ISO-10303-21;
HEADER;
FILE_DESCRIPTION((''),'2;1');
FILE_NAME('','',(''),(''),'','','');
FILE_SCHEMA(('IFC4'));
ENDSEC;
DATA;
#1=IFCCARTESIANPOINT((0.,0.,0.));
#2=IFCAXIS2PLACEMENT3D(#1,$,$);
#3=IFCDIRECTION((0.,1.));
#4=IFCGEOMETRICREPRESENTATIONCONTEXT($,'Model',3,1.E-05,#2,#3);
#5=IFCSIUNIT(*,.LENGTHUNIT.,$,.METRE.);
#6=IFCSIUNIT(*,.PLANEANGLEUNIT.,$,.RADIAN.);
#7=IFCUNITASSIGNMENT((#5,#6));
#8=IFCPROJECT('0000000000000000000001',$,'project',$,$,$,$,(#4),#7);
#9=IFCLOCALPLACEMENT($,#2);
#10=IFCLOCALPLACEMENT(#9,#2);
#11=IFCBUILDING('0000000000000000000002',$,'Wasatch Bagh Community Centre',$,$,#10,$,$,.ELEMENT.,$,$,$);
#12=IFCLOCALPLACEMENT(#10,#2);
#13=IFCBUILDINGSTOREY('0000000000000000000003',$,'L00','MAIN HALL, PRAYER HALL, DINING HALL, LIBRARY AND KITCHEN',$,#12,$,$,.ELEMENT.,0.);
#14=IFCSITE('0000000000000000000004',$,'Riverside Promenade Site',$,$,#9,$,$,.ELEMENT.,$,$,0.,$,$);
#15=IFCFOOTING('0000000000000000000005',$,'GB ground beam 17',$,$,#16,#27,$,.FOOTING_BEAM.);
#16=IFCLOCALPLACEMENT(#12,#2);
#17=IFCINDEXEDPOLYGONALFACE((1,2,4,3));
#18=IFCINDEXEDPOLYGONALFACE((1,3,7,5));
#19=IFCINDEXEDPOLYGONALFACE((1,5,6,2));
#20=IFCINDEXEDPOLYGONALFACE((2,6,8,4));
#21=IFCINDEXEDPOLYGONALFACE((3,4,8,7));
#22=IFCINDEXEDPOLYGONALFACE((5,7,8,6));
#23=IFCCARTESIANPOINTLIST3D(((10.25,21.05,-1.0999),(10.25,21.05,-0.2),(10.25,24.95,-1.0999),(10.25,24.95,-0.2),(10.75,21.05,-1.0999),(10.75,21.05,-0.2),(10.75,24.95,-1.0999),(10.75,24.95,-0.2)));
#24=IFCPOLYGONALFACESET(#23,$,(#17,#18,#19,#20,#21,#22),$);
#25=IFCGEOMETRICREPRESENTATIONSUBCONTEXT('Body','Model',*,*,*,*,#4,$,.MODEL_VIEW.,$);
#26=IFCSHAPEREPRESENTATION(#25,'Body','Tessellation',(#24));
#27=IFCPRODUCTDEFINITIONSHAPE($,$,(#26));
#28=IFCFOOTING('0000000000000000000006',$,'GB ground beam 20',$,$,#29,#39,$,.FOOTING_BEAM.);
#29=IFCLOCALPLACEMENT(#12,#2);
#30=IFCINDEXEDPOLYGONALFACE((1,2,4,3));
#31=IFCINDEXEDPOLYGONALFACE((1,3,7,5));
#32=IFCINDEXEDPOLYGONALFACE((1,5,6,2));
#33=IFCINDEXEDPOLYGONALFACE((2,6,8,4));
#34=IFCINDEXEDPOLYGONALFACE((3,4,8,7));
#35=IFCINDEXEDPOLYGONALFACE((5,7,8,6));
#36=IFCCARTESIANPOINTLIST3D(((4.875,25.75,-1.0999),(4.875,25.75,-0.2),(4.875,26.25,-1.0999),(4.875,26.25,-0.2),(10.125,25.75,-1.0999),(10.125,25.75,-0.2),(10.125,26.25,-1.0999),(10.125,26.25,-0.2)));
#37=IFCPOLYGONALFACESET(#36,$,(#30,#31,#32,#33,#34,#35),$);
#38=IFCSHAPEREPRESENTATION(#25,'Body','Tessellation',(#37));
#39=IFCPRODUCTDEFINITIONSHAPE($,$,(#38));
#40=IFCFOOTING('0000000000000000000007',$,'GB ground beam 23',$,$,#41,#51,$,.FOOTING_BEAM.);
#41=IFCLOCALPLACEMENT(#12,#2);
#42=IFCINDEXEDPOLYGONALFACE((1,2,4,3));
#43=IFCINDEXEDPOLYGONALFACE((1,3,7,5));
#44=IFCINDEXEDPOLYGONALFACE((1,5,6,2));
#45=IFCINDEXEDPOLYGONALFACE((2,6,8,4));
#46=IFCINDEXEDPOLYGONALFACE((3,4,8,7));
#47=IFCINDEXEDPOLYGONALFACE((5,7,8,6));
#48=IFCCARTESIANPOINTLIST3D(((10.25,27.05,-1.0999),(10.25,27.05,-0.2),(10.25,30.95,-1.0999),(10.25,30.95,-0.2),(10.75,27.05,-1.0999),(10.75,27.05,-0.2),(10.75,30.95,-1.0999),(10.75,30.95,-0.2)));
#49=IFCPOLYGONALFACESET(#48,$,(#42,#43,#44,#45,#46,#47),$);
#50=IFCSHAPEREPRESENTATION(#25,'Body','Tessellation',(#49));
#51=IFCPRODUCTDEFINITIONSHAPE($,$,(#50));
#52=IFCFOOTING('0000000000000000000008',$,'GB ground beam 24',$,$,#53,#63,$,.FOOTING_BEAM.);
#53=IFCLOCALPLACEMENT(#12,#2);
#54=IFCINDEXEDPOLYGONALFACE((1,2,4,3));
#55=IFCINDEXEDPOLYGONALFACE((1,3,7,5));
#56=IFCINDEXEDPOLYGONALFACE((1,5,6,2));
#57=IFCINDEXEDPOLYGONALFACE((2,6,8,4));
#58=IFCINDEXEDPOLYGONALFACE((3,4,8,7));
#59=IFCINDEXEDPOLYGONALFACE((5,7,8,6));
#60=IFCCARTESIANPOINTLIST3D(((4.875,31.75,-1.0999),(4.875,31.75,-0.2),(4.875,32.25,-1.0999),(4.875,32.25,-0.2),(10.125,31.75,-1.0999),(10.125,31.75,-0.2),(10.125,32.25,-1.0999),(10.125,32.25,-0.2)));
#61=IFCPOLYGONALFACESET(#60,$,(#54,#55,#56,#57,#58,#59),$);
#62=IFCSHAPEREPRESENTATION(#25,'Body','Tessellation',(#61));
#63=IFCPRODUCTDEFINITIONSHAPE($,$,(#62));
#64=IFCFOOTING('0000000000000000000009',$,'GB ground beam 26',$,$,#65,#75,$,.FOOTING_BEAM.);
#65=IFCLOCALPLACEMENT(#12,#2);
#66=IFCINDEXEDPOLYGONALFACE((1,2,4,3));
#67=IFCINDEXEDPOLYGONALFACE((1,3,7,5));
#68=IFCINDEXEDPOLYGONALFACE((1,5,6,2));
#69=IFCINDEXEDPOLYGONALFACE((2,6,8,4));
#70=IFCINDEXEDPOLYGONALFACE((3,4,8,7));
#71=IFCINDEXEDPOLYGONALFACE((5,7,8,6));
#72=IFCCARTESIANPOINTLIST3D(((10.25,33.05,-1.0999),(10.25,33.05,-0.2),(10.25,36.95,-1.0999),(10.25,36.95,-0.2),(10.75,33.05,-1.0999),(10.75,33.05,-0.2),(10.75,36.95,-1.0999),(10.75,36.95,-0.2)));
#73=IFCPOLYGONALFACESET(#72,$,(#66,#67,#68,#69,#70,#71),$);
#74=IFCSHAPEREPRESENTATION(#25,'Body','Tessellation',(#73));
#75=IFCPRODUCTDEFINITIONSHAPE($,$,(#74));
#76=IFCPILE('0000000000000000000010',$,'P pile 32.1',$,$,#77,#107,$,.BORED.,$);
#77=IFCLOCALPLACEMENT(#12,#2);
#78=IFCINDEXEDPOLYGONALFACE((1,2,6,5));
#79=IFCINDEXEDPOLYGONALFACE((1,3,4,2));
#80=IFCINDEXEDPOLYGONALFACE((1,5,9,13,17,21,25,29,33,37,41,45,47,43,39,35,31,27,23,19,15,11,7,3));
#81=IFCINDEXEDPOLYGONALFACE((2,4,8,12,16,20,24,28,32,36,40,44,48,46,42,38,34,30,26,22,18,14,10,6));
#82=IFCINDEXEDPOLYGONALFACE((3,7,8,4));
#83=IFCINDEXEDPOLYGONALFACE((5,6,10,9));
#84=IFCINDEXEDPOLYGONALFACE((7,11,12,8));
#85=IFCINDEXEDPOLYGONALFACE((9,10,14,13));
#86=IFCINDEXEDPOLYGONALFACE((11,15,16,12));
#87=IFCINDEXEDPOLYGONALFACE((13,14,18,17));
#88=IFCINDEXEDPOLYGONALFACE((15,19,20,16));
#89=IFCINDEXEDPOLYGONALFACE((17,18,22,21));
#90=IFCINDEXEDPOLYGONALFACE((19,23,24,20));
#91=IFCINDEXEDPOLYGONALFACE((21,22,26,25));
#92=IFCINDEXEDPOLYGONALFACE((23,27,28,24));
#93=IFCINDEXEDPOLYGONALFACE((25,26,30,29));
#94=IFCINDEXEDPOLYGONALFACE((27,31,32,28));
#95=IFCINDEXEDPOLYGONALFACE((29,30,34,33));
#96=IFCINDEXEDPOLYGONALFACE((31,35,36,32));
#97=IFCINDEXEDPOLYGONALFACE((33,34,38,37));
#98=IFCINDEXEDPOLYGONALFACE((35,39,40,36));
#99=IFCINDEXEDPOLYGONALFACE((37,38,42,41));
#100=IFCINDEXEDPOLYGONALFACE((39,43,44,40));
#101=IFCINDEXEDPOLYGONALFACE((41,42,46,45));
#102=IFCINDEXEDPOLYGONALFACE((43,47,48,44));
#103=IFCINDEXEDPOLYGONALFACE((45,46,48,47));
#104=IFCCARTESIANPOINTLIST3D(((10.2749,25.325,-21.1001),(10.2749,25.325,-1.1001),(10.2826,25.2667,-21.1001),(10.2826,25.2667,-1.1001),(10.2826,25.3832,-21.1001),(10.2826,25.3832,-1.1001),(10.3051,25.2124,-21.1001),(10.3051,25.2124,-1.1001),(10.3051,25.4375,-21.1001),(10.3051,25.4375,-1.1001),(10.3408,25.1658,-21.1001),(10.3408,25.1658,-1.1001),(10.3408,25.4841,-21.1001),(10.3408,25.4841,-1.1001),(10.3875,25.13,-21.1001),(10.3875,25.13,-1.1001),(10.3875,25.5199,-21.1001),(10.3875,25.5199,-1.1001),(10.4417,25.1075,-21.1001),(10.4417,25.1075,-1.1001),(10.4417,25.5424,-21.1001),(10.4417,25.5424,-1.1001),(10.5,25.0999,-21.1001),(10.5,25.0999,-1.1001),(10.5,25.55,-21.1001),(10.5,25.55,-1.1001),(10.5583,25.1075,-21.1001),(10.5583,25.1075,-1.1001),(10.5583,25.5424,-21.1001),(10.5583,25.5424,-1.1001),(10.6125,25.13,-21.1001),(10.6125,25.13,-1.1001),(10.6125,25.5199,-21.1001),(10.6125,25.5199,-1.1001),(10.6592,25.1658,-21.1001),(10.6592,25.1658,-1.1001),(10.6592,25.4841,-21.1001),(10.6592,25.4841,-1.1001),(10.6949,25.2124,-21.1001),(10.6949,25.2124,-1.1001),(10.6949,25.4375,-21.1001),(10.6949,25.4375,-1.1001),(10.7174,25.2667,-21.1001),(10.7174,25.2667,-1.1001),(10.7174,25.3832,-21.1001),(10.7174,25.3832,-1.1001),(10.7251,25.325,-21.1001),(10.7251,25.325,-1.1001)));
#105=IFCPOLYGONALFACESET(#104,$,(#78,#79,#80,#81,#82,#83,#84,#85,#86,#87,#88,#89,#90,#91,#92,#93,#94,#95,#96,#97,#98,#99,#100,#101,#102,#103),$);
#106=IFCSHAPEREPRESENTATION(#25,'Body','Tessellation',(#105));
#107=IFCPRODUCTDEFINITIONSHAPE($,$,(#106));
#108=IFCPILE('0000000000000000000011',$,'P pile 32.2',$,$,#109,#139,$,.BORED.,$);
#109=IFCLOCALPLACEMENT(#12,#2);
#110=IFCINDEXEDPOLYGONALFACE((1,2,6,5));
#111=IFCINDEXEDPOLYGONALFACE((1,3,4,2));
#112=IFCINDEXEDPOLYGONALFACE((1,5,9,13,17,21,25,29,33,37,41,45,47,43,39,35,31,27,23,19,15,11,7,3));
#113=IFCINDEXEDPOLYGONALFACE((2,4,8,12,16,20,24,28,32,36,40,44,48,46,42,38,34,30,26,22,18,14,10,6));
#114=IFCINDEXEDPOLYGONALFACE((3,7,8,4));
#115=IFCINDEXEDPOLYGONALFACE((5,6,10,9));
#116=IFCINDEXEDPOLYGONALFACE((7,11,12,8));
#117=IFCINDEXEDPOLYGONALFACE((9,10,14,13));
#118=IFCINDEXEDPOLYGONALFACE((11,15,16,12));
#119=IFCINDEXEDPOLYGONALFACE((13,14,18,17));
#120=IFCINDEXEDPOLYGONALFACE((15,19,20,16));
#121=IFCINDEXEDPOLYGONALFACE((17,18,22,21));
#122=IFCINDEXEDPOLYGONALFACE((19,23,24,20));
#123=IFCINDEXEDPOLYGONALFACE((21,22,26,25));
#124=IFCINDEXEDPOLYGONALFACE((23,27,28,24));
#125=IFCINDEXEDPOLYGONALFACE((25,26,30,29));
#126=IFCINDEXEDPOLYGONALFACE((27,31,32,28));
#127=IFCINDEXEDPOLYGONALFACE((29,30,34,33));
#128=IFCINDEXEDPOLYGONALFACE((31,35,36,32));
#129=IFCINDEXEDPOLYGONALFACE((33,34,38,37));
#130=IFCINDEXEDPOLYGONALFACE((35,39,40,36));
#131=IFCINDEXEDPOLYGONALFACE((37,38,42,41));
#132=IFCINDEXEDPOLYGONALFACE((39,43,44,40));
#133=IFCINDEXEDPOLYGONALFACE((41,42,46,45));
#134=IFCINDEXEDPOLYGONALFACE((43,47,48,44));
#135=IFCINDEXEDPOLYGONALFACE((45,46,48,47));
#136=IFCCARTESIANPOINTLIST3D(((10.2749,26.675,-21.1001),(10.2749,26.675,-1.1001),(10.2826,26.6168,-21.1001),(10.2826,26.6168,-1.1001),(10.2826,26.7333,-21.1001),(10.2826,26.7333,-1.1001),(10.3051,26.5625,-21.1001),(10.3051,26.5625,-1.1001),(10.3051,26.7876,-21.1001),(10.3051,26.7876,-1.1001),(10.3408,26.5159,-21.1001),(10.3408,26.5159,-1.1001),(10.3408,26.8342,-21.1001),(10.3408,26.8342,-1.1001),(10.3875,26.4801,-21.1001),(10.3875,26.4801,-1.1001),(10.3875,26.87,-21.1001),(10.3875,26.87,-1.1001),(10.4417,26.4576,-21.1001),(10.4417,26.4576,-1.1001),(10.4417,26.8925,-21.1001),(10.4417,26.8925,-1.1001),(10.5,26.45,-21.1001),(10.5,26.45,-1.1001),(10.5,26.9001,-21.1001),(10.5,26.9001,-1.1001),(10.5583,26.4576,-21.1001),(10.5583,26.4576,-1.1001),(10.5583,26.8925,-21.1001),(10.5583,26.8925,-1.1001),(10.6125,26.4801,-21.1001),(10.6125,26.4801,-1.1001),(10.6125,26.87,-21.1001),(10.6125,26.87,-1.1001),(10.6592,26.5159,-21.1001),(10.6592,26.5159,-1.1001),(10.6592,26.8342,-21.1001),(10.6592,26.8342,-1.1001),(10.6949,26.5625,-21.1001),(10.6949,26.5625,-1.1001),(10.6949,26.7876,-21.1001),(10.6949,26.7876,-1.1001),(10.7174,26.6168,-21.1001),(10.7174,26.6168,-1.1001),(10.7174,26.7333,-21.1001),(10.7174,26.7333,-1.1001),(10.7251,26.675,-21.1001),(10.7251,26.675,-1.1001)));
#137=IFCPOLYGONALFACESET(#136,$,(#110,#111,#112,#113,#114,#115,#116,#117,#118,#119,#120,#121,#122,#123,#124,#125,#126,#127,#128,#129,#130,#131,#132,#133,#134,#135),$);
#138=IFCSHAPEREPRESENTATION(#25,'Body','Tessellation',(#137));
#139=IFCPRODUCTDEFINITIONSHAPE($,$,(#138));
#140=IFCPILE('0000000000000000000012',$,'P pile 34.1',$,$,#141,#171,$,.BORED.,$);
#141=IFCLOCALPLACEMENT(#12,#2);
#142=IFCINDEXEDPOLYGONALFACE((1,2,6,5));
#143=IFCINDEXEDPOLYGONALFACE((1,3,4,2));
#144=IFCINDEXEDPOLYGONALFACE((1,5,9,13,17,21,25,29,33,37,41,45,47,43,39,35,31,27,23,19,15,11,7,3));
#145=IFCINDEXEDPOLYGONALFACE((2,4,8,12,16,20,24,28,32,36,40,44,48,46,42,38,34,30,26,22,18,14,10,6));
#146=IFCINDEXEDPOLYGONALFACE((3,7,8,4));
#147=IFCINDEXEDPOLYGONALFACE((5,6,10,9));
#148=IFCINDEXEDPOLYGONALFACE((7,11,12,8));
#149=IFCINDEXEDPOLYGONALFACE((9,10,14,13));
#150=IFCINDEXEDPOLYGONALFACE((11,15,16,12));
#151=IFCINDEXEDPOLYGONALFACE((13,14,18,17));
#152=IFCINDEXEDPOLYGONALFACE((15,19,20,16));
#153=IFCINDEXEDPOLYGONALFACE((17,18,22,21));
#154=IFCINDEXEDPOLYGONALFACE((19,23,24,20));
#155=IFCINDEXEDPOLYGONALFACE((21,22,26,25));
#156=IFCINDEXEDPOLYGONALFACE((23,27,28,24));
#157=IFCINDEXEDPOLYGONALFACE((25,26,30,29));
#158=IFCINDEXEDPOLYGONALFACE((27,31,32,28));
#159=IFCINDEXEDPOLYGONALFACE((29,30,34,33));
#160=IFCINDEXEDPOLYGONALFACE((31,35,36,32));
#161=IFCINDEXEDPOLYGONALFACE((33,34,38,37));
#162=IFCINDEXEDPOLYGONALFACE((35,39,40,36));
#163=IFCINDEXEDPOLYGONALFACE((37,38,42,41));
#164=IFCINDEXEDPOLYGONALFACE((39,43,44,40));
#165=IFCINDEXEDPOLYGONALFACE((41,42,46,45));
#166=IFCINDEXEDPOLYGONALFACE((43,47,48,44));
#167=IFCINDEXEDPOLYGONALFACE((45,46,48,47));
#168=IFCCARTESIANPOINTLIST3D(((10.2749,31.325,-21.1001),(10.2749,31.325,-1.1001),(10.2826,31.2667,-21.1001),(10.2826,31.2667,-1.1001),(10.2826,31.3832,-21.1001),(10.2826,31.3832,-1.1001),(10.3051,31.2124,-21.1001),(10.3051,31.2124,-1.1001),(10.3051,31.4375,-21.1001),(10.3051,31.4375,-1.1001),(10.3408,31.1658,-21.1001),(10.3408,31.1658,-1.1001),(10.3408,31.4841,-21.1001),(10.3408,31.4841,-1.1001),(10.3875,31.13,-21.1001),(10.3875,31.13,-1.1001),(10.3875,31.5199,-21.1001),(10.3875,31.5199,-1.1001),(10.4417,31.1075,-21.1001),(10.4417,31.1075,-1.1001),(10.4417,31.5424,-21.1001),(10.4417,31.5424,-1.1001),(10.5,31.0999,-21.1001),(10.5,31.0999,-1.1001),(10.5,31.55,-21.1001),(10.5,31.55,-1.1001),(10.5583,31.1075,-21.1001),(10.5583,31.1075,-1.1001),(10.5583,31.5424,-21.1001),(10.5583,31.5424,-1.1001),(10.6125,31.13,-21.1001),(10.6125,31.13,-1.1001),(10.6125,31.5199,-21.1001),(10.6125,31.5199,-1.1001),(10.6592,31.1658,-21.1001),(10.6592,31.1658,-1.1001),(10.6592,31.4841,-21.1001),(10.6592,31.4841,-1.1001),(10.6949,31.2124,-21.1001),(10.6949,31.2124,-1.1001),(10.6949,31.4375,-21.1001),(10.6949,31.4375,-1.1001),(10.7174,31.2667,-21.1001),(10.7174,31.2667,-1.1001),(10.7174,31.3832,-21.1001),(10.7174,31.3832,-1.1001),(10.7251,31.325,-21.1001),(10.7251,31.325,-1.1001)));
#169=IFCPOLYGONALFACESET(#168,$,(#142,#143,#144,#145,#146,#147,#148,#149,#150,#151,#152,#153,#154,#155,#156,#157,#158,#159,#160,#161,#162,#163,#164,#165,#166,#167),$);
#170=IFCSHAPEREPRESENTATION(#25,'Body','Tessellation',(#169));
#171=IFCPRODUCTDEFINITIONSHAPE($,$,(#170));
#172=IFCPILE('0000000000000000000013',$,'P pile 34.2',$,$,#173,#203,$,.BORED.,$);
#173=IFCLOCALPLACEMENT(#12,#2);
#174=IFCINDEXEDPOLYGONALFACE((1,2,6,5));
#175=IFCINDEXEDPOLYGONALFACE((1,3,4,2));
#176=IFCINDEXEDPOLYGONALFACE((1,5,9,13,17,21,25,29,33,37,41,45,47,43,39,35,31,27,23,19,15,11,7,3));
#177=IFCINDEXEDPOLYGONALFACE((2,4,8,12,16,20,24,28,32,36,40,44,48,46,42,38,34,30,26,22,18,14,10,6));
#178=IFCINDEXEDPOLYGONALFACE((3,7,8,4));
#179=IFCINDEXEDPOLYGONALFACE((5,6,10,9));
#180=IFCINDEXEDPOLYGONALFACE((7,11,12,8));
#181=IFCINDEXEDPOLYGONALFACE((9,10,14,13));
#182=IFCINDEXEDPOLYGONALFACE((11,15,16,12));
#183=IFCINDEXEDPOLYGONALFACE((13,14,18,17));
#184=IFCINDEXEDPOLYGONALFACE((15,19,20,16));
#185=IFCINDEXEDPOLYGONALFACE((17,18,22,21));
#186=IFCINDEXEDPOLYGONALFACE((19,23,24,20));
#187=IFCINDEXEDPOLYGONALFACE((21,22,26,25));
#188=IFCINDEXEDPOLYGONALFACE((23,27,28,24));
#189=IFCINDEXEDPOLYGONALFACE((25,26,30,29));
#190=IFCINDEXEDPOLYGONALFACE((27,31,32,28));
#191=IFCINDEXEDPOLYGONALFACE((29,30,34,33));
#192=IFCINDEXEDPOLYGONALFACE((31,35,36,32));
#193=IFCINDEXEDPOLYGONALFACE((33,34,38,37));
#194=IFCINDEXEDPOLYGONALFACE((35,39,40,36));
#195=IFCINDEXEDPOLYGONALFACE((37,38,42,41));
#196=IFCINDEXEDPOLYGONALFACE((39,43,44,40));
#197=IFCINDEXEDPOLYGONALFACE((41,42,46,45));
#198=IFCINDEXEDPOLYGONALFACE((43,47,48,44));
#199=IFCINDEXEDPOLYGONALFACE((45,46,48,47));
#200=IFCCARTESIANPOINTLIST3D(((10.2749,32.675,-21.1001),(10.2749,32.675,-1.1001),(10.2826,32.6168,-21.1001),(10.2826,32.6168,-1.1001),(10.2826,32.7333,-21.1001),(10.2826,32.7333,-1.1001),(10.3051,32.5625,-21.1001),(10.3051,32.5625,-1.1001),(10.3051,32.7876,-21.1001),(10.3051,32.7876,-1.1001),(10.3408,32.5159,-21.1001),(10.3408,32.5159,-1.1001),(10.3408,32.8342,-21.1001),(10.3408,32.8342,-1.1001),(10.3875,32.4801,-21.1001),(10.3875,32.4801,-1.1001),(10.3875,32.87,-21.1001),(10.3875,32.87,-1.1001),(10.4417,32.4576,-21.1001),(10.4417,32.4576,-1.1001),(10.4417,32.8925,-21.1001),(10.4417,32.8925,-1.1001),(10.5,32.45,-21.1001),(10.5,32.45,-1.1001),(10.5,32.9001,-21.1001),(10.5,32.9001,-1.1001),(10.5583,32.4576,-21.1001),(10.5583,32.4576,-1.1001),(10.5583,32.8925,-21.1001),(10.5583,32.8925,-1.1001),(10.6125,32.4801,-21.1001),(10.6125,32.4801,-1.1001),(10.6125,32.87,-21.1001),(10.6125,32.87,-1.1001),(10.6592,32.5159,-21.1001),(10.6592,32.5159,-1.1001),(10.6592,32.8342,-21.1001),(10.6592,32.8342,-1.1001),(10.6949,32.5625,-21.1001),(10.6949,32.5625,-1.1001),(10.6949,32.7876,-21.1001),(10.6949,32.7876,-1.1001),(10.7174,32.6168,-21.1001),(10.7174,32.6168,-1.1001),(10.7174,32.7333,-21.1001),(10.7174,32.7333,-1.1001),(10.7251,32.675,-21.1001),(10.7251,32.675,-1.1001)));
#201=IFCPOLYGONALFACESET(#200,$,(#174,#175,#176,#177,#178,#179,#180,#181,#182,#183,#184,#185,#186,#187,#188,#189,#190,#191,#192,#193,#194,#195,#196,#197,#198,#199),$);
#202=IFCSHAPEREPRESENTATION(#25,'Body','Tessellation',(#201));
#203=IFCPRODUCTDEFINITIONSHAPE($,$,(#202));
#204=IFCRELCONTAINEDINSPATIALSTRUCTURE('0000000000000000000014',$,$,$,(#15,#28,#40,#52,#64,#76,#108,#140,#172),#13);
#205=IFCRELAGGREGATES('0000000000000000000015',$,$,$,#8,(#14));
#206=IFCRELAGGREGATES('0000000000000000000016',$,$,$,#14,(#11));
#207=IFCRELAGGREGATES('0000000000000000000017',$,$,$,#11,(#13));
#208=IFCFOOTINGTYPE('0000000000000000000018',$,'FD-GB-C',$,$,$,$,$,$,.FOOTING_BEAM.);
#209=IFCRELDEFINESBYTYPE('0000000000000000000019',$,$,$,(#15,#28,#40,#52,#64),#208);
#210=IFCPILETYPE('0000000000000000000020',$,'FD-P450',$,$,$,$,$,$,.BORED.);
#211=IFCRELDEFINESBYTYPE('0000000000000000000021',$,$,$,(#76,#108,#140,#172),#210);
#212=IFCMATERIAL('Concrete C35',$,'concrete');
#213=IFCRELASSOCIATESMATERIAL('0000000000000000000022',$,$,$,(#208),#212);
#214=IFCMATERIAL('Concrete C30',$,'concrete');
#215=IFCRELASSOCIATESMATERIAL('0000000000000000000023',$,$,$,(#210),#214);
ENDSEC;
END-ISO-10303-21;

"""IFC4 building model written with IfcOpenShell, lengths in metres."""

from ifc_helpers import new_model, si_unit, direction, frame, origin, origin_2d, place, context, subcontext, project, spatial, rectangle, circle, extrude, material, material_profile, profile_set, type_object, element, save


model = new_model("IFC4")

# Units and contexts
model_context = context("Model", 3, precision=1e-05, world=origin(), true_north=direction((0.0, 1.0)))
body_context = subcontext(model_context, "Body", "Model", "MODEL_VIEW")
ifc_project = project(units=[si_unit("LENGTHUNIT", "METRE"), si_unit("PLANEANGLEUNIT", "RADIAN")], contexts=[model_context])

# Site, building, storey
site_placement = place(None, origin())
site = spatial("IfcSite", under=ifc_project, at=site_placement, Name="Riverside Promenade Site", CompositionType="ELEMENT", RefElevation=0.0)
building_placement = place(site_placement, origin())
building = spatial("IfcBuilding", under=site, at=building_placement, Name="Wasatch Bagh Community Centre", CompositionType="ELEMENT")
storey_placement = place(building_placement, origin())
storey = spatial("IfcBuildingStorey", under=building, at=storey_placement, Name="L00", Description="MAIN HALL, PRAYER HALL, DINING HALL, LIBRARY AND KITCHEN", CompositionType="ELEMENT", Elevation=0.0)

# Footings
ifc_material_1 = material(Name="Concrete C35", Category="concrete")
footing_type_1 = type_object("IfcFootingType", Name="FD-GB-C", PredefinedType="FOOTING_BEAM", material=ifc_material_1)
footing_1_placement = place(storey_placement, frame((10.5, 23.0, -1.0999), z_axis=(0.0, 0.0, 1.0), x_axis=(0.0, 1.0, 0.0)))
element("IfcFooting", 1, at=footing_1_placement, inside=storey, type_object=footing_type_1, Name="GB ground beam 17", PredefinedType="FOOTING_BEAM", context=body_context, shape_type="SweptSolid", body=[
    extrude(rectangle(XDim=3.8999, YDim=0.5, at=origin_2d()), origin(), (0.0, 0.0, 1.0), 0.8999),
])
footing_2_placement = place(storey_placement, frame((7.5, 26.0, -1.0999), z_axis=(0.0, 0.0, 1.0), x_axis=(1.0, 0.0, 0.0)))
element("IfcFooting", 2, at=footing_2_placement, inside=storey, type_object=footing_type_1, Name="GB ground beam 20", PredefinedType="FOOTING_BEAM", context=body_context, shape_type="SweptSolid", body=[
    extrude(rectangle(XDim=5.25, YDim=0.5, at=origin_2d()), origin(), (0.0, 0.0, 1.0), 0.8999),
])
footing_3_placement = place(storey_placement, frame((10.5, 29.0, -1.0999), z_axis=(0.0, 0.0, 1.0), x_axis=(0.0, 1.0, 0.0)))
element("IfcFooting", 3, at=footing_3_placement, inside=storey, type_object=footing_type_1, Name="GB ground beam 23", PredefinedType="FOOTING_BEAM", context=body_context, shape_type="SweptSolid", body=[
    extrude(rectangle(XDim=3.8999, YDim=0.5, at=origin_2d()), origin(), (0.0, 0.0, 1.0), 0.8999),
])
footing_4_placement = place(storey_placement, frame((7.5, 32.0, -1.0999), z_axis=(0.0, 0.0, 1.0), x_axis=(1.0, 0.0, 0.0)))
element("IfcFooting", 4, at=footing_4_placement, inside=storey, type_object=footing_type_1, Name="GB ground beam 24", PredefinedType="FOOTING_BEAM", context=body_context, shape_type="SweptSolid", body=[
    extrude(rectangle(XDim=5.25, YDim=0.5, at=origin_2d()), origin(), (0.0, 0.0, 1.0), 0.8999),
])
footing_5_placement = place(storey_placement, frame((10.5, 35.0, -1.0999), z_axis=(0.0, 0.0, 1.0), x_axis=(0.0, 1.0, 0.0)))
element("IfcFooting", 5, at=footing_5_placement, inside=storey, type_object=footing_type_1, Name="GB ground beam 26", PredefinedType="FOOTING_BEAM", context=body_context, shape_type="SweptSolid", body=[
    extrude(rectangle(XDim=3.8999, YDim=0.5, at=origin_2d()), origin(), (0.0, 0.0, 1.0), 0.8999),
])

# Piles
ifc_material_2 = material(Name="Concrete C30", Category="concrete")
ifc_material_profile_1 = material_profile(ifc_material_2, circle(Radius=0.2251, at=origin_2d()), Name="RC D450")
ifc_profile_set_1 = profile_set([ifc_material_profile_1], Name="Concrete C30")
pile_type = type_object("IfcPileType", Name="FD-P450", PredefinedType="BORED", material=ifc_profile_set_1)
for number, where, z_axis, x_axis, name in (
    (6, (10.5, 25.325, -1.1001), (0.0, 0.0, -1.0), (1.0, 0.0, 0.0), "P pile 32.1"),
    (7, (10.5, 26.675, -1.1001), (0.0, 0.0, -1.0), (1.0, 0.0, 0.0), "P pile 32.2"),
    (8, (10.5, 31.325, -1.1001), (0.0, 0.0, -1.0), (1.0, 0.0, 0.0), "P pile 34.1"),
    (9, (10.5, 32.675, -1.1001), (0.0, 0.0, -1.0), (1.0, 0.0, 0.0), "P pile 34.2"),
):
    element("IfcPile", number, at=place(storey_placement, frame(where, z_axis=z_axis, x_axis=x_axis)), inside=storey, type_object=pile_type, Name=name, PredefinedType="BORED", context=body_context, shape_type="SweptSolid", body=[
        extrude(circle(Radius=0.2251, at=origin_2d()), origin(), (0.0, 0.0, 1.0), 20.0),
    ])

save(model, "model.ifc")
